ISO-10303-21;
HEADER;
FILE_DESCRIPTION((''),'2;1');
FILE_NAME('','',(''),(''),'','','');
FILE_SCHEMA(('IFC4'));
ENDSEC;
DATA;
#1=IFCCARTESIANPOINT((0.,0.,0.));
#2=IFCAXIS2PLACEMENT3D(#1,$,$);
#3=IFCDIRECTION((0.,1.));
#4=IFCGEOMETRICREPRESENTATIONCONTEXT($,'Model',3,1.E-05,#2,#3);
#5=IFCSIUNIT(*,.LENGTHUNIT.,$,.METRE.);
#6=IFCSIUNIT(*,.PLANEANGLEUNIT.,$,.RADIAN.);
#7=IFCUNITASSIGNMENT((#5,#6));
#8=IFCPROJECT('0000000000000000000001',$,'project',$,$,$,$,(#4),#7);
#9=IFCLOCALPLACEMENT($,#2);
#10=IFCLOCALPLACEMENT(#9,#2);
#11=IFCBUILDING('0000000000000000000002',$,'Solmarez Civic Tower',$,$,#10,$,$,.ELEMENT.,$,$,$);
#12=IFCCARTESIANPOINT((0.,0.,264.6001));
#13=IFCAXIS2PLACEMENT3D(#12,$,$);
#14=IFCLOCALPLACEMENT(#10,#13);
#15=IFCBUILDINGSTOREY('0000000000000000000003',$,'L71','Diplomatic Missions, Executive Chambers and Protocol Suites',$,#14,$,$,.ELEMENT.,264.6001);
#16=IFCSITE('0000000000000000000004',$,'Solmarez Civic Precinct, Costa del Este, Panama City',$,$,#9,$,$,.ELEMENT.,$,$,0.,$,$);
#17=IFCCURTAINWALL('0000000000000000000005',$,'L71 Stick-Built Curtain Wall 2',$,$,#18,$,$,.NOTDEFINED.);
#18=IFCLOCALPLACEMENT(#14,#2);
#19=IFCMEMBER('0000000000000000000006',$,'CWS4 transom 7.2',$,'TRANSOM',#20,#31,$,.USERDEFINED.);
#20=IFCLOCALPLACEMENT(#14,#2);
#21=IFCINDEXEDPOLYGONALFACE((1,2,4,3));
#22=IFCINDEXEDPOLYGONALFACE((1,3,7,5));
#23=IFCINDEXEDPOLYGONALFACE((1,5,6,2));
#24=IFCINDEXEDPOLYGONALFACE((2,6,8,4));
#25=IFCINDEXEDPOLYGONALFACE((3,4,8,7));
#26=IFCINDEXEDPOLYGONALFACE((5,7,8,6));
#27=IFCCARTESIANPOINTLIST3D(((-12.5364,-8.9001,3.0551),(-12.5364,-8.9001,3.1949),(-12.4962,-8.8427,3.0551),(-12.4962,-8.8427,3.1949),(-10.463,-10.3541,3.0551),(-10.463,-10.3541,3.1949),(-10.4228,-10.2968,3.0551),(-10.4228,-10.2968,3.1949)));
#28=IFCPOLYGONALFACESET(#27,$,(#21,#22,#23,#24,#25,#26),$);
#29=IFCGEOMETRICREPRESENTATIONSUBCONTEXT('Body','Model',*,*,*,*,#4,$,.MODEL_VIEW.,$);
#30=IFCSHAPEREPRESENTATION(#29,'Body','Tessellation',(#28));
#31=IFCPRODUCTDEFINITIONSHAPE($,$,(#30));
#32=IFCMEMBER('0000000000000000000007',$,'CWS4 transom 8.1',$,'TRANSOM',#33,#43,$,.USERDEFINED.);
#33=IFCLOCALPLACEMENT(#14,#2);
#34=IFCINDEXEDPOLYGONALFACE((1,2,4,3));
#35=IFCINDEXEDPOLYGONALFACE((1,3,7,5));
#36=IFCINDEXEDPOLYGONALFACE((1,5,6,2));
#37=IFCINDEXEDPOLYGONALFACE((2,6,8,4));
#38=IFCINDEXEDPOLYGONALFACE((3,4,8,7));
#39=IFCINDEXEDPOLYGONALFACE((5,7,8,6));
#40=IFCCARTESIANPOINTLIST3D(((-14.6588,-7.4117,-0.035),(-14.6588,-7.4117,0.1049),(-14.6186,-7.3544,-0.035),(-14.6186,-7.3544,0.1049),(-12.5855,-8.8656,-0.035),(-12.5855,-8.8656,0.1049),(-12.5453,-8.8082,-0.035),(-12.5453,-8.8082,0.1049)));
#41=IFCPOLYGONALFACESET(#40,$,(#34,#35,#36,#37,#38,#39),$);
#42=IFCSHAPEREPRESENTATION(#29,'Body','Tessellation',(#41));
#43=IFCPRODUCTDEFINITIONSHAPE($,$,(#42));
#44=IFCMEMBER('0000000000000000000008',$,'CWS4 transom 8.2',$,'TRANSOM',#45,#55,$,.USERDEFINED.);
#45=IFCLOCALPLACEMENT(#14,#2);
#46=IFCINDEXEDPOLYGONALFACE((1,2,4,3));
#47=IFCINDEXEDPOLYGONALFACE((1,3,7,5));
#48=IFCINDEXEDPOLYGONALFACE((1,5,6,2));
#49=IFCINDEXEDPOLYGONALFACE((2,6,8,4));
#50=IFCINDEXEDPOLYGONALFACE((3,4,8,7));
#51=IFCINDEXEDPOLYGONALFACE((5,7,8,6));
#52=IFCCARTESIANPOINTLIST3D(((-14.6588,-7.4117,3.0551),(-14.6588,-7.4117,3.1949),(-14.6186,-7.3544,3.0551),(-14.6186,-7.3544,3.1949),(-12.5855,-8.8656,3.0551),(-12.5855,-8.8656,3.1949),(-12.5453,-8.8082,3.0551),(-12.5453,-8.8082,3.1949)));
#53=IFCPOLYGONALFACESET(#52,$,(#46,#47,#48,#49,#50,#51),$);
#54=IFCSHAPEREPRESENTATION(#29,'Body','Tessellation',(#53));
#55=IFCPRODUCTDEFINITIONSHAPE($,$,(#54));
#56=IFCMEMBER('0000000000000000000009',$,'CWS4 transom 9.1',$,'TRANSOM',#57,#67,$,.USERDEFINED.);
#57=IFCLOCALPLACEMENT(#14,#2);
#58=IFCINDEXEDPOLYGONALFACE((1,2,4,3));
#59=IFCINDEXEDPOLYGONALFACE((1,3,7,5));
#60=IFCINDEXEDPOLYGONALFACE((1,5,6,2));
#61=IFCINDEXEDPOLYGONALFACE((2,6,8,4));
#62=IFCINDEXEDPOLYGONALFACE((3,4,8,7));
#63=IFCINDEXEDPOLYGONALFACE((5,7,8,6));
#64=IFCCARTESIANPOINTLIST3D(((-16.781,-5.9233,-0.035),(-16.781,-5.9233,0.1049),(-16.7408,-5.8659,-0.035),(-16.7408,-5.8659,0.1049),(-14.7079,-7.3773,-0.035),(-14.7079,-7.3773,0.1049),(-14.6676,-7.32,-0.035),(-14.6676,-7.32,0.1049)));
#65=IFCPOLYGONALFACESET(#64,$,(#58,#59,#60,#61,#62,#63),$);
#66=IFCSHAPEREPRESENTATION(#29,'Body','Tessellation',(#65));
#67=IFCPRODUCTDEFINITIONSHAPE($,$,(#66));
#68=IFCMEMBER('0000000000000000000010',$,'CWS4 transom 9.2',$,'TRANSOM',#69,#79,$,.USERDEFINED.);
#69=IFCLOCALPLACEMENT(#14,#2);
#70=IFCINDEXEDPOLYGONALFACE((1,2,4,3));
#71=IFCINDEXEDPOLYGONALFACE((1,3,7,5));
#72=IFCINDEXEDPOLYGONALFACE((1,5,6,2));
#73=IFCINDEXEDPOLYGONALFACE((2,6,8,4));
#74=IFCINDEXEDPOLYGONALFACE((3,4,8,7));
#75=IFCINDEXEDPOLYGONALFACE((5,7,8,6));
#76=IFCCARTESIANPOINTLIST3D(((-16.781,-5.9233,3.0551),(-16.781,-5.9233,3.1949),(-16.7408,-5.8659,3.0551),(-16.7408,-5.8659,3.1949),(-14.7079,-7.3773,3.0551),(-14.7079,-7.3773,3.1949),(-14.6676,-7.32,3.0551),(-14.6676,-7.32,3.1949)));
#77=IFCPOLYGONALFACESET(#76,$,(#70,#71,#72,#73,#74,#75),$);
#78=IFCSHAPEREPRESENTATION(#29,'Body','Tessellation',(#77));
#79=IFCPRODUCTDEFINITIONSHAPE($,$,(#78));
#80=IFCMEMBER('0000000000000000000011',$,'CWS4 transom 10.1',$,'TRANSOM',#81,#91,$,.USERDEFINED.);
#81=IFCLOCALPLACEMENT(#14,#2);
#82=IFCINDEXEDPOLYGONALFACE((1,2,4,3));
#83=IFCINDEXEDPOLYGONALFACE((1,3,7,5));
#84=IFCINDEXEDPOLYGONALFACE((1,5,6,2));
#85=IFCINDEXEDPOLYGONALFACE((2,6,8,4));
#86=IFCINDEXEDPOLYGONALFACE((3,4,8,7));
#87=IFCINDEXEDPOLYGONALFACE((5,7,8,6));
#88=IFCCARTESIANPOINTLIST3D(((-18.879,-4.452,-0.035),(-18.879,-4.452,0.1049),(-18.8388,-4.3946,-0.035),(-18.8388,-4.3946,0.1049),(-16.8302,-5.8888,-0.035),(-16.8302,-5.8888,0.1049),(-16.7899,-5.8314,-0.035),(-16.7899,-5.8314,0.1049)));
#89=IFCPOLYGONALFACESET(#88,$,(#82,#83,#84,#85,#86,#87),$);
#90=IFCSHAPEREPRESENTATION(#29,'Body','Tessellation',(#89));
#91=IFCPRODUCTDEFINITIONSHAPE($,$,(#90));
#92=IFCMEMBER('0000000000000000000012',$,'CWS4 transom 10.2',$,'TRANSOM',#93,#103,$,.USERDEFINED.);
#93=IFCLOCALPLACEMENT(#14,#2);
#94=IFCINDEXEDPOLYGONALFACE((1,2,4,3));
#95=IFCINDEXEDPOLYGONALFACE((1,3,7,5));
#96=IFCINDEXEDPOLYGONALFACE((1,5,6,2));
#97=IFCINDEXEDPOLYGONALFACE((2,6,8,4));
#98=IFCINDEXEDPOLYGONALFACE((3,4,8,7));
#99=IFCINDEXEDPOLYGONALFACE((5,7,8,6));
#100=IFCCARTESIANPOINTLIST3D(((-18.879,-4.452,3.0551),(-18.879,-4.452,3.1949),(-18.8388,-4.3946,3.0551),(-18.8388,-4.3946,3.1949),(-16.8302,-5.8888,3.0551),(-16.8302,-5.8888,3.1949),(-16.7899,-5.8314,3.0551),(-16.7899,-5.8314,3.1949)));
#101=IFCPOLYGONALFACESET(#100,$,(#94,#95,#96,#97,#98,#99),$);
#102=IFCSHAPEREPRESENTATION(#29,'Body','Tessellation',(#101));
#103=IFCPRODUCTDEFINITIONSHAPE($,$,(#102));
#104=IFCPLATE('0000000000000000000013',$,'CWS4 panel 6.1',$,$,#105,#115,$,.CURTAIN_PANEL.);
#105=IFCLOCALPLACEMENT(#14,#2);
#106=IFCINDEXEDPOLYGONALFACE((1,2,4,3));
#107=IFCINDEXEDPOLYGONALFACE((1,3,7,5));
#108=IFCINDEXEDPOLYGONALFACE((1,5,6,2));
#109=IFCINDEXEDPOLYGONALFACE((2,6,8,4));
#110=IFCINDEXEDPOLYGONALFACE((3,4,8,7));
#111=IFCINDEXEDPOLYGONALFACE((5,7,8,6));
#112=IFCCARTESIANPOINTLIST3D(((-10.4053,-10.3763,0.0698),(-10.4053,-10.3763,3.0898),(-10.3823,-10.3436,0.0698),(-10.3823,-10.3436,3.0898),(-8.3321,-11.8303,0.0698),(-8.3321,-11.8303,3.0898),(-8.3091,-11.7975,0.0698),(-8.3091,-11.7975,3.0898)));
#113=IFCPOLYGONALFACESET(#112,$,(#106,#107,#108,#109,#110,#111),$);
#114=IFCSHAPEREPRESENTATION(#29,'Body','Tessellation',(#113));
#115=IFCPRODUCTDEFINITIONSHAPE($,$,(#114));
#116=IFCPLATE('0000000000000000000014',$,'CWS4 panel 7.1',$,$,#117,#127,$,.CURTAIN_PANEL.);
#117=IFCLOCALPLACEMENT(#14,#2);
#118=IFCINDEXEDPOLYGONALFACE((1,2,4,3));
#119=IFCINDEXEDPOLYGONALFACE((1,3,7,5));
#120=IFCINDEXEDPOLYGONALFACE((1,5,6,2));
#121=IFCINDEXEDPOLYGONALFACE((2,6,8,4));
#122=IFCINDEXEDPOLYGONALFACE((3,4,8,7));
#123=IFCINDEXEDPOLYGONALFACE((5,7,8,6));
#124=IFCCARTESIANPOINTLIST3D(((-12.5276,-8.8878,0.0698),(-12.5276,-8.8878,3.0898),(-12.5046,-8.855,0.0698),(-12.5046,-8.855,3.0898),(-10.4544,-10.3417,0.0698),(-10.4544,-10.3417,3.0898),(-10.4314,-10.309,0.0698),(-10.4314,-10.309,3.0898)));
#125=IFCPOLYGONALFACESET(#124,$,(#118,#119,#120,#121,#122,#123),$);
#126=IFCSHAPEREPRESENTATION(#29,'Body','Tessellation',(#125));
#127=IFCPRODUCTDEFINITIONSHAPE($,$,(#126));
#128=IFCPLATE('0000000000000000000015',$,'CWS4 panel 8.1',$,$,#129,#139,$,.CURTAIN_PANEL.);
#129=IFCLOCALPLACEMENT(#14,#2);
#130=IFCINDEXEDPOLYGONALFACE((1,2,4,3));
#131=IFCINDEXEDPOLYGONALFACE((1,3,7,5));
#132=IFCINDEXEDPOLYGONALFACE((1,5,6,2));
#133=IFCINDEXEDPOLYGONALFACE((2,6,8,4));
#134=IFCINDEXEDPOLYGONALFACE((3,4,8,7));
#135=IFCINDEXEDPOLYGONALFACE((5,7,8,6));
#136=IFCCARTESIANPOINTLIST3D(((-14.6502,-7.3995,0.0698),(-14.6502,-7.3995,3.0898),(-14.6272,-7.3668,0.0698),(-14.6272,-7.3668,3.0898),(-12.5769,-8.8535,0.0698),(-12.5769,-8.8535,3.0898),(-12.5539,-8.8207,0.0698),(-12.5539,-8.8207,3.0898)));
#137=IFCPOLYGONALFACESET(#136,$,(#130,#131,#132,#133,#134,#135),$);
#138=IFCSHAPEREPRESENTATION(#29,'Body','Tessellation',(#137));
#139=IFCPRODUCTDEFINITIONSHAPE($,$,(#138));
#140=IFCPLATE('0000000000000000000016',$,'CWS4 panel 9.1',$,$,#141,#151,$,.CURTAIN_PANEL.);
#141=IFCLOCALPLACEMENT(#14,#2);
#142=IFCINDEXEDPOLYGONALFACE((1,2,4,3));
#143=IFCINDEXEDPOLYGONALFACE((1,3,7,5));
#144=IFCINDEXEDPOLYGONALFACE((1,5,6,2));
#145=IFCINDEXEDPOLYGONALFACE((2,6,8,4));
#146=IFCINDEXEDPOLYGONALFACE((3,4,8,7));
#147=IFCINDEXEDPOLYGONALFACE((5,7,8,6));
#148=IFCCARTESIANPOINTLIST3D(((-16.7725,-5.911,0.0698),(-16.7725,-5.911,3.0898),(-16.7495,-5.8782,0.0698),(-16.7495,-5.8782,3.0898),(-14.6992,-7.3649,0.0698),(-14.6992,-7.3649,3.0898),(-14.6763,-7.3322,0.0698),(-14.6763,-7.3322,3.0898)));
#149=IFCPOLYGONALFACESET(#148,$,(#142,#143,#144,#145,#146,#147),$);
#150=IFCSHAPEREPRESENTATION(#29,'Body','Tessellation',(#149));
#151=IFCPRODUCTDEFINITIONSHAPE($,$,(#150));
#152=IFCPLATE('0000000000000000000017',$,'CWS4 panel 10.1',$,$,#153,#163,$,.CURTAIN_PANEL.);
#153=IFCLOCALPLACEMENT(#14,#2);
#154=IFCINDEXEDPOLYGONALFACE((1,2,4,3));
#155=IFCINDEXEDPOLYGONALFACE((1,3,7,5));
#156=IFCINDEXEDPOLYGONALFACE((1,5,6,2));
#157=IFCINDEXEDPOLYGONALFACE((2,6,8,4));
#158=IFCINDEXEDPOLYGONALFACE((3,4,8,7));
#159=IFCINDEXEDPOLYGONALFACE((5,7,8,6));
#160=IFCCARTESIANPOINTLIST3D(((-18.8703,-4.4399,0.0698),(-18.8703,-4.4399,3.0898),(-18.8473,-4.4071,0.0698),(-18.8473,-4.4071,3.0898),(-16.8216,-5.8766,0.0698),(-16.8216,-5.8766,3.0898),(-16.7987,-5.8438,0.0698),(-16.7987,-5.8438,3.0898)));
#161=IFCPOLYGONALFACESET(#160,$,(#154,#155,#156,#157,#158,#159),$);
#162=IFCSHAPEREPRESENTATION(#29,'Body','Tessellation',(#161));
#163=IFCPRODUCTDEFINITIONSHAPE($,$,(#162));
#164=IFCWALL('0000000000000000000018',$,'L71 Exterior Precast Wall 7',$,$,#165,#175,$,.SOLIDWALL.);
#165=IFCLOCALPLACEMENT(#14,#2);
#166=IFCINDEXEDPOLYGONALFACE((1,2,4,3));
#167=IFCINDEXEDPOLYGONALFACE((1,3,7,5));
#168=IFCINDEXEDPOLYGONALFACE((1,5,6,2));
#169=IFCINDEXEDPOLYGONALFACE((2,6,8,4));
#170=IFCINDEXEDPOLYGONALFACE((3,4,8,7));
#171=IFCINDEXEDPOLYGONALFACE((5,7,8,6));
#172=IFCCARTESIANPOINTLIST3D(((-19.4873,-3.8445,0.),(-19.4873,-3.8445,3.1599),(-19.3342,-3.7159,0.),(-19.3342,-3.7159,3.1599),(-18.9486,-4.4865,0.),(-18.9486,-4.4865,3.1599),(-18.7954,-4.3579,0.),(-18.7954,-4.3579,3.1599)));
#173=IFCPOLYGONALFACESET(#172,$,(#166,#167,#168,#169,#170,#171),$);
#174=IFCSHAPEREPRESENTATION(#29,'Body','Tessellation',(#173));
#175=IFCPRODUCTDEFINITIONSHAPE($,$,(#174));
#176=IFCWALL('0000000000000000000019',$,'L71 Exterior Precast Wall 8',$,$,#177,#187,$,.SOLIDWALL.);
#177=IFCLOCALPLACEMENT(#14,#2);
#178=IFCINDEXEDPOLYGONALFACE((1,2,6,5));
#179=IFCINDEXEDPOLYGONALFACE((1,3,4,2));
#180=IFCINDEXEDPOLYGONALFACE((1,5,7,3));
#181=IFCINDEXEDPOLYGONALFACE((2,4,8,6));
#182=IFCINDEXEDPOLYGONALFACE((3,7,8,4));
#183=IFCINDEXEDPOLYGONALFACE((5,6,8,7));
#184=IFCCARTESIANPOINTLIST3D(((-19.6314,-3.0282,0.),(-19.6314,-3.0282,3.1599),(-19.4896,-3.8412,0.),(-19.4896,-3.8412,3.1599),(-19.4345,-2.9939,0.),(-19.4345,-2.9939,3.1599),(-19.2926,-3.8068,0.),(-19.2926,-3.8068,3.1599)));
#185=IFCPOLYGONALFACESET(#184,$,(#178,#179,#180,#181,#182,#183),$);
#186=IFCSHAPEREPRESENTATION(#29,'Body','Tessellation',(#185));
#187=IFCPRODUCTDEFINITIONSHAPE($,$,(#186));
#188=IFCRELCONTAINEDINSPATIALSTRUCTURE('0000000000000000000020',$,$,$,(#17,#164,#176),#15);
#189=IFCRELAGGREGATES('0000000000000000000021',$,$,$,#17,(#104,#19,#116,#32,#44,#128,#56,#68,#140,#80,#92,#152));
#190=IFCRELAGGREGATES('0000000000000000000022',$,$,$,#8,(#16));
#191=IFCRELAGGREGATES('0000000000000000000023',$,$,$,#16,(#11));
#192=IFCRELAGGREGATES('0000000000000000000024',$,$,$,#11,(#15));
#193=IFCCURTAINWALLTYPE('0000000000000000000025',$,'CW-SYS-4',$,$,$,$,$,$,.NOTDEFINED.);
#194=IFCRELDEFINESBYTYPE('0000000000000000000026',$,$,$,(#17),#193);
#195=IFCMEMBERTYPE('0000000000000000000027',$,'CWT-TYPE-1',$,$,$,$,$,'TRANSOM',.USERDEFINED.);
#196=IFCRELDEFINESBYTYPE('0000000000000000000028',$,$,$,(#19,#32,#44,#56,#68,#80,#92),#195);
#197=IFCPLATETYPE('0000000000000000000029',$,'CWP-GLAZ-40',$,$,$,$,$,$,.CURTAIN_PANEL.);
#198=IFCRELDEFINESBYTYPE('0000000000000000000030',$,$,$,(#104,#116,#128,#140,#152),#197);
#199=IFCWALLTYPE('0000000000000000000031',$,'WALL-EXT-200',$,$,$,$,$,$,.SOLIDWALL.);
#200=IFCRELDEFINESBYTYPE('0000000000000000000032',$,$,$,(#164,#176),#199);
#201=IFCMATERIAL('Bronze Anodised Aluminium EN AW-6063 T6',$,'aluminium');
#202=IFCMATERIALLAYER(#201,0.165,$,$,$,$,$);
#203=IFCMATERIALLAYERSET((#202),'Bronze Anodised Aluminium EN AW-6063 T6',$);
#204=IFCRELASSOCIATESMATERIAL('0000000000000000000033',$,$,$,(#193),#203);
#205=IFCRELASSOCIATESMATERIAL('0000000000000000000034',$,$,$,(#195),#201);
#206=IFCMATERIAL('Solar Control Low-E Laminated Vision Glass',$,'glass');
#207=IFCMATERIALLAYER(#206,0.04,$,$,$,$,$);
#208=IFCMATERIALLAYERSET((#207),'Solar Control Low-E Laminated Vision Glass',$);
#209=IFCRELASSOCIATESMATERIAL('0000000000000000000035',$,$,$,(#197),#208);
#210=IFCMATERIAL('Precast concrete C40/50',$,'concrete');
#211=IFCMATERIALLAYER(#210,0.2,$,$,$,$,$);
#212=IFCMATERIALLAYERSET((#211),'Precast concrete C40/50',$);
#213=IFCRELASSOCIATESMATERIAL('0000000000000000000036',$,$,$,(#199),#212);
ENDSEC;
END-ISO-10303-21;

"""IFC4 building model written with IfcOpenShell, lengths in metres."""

from ifc_helpers import new_model, si_unit, direction, frame, frame_2d, origin, origin_2d, place, context, subcontext, project, spatial, rectangle, extrude, material, layer, layer_set, material_profile, profile_set, type_object, element, aggregate, save


model = new_model("IFC4")

# Units and contexts
model_context = context("Model", 3, precision=1e-05, world=origin(), true_north=direction((0.0, 1.0)))
body_context = subcontext(model_context, "Body", "Model", "MODEL_VIEW")
ifc_project = project(units=[si_unit("LENGTHUNIT", "METRE"), si_unit("PLANEANGLEUNIT", "RADIAN")], contexts=[model_context])

# Site, building, storey
site_placement = place(None, origin())
site = spatial("IfcSite", under=ifc_project, at=site_placement, Name="Solmarez Civic Precinct, Costa del Este, Panama City", CompositionType="ELEMENT", RefElevation=0.0)
building_placement = place(site_placement, origin())
building = spatial("IfcBuilding", under=site, at=building_placement, Name="Solmarez Civic Tower", CompositionType="ELEMENT")
storey_placement = place(building_placement, frame((0.0, 0.0, 264.6001)))
storey = spatial("IfcBuildingStorey", under=building, at=storey_placement, Name="L71", Description="Diplomatic Missions, Executive Chambers and Protocol Suites", CompositionType="ELEMENT", Elevation=264.6001)

# Curtain wall, members, plates
ifc_material_1 = material(Name="Bronze Anodised Aluminium EN AW-6063 T6", Category="aluminium")
ifc_layer_1 = layer(ifc_material_1, 0.165)
ifc_layer_set_1 = layer_set([ifc_layer_1], Name="Bronze Anodised Aluminium EN AW-6063 T6")
curtain_wall_type = type_object("IfcCurtainWallType", Name="CW-SYS-4", PredefinedType="NOTDEFINED", material=ifc_layer_set_1)
curtain_wall_placement = place(storey_placement, origin())
curtain_wall = element("IfcCurtainWall", 1, at=curtain_wall_placement, inside=storey, type_object=curtain_wall_type, Name="L71 Stick-Built Curtain Wall 2", PredefinedType="NOTDEFINED")
ifc_material_profile_1 = material_profile(ifc_material_1, rectangle(XDim=0.0701, YDim=0.1399, at=origin_2d()), Name="CWT-70X140")
ifc_profile_set_1 = profile_set([ifc_material_profile_1], Name="Bronze Anodised Aluminium EN AW-6063 T6")
member_type_1 = type_object("IfcMemberType", Name="CWT-TYPE-1", ElementType="TRANSOM", PredefinedType="USERDEFINED", material=ifc_profile_set_1)
member_1_placement = place(storey_placement, frame((-10.4429, -10.3254, 3.125), z_axis=(-0.818738, 0.574167, 0.0), x_axis=(-0.574167, -0.818738, 0.0)))
member_1 = element("IfcMember", 2, at=member_1_placement, type_object=member_type_1, Name="CWS4 transom 7.2", ObjectType="TRANSOM", PredefinedType="USERDEFINED", context=body_context, shape_type="SweptSolid", body=[
    extrude(rectangle(XDim=0.0701, YDim=0.1399, at=origin_2d()), origin(), (0.0, 0.0, 1.0), 2.5325),
])
member_2_placement = place(storey_placement, frame((-12.5654, -8.8369, 0.0349), z_axis=(-0.818752, 0.574148, 0.0), x_axis=(-0.574148, -0.818752, 0.0)))
member_2 = element("IfcMember", 3, at=member_2_placement, type_object=member_type_1, Name="CWS4 transom 8.1", ObjectType="TRANSOM", PredefinedType="USERDEFINED", context=body_context, shape_type="SweptSolid", body=[
    extrude(rectangle(XDim=0.0701, YDim=0.1399, at=origin_2d()), origin(), (0.0, 0.0, 1.0), 2.5322),
])
member_3_placement = place(storey_placement, frame((-12.5654, -8.8369, 3.125), z_axis=(-0.818752, 0.574148, 0.0), x_axis=(-0.574148, -0.818752, 0.0)))
member_3 = element("IfcMember", 4, at=member_3_placement, type_object=member_type_1, Name="CWS4 transom 8.2", ObjectType="TRANSOM", PredefinedType="USERDEFINED", context=body_context, shape_type="SweptSolid", body=[
    extrude(rectangle(XDim=0.0701, YDim=0.1399, at=origin_2d()), origin(), (0.0, 0.0, 1.0), 2.5322),
])
member_4_placement = place(storey_placement, frame((-14.6877, -7.3486, 0.0349), z_axis=(-0.818706, 0.574213, 0.0), x_axis=(-0.574213, -0.818706, 0.0)))
member_4 = element("IfcMember", 5, at=member_4_placement, type_object=member_type_1, Name="CWS4 transom 9.1", ObjectType="TRANSOM", PredefinedType="USERDEFINED", context=body_context, shape_type="SweptSolid", body=[
    extrude(rectangle(XDim=0.0701, YDim=0.1399, at=origin_2d()), origin(), (0.0, 0.0, 1.0), 2.5322),
])
member_5_placement = place(storey_placement, frame((-14.6877, -7.3486, 3.125), z_axis=(-0.818706, 0.574213, 0.0), x_axis=(-0.574213, -0.818706, 0.0)))
member_5 = element("IfcMember", 6, at=member_5_placement, type_object=member_type_1, Name="CWS4 transom 9.2", ObjectType="TRANSOM", PredefinedType="USERDEFINED", context=body_context, shape_type="SweptSolid", body=[
    extrude(rectangle(XDim=0.0701, YDim=0.1399, at=origin_2d()), origin(), (0.0, 0.0, 1.0), 2.5322),
])
member_6_placement = place(storey_placement, frame((-16.8101, -5.8601, 0.0349), z_axis=(-0.818746, 0.574156, 0.0), x_axis=(-0.574156, -0.818746, 0.0)))
member_6 = element("IfcMember", 7, at=member_6_placement, type_object=member_type_1, Name="CWS4 transom 10.1", ObjectType="TRANSOM", PredefinedType="USERDEFINED", context=body_context, shape_type="SweptSolid", body=[
    extrude(rectangle(XDim=0.0701, YDim=0.1399, at=origin_2d()), origin(), (0.0, 0.0, 1.0), 2.5024),
])
member_7_placement = place(storey_placement, frame((-16.8101, -5.8601, 3.125), z_axis=(-0.818746, 0.574156, 0.0), x_axis=(-0.574156, -0.818746, 0.0)))
member_7 = element("IfcMember", 8, at=member_7_placement, type_object=member_type_1, Name="CWS4 transom 10.2", ObjectType="TRANSOM", PredefinedType="USERDEFINED", context=body_context, shape_type="SweptSolid", body=[
    extrude(rectangle(XDim=0.0701, YDim=0.1399, at=origin_2d()), origin(), (0.0, 0.0, 1.0), 2.5024),
])
ifc_material_2 = material(Name="Solar Control Low-E Laminated Vision Glass", Category="glass")
ifc_layer_2 = layer(ifc_material_2, 0.04)
ifc_layer_set_2 = layer_set([ifc_layer_2], Name="Solar Control Low-E Laminated Vision Glass")
plate_type = type_object("IfcPlateType", Name="CWP-GLAZ-40", PredefinedType="CURTAIN_PANEL", material=ifc_layer_set_2)
plate_1_placement = place(storey_placement, frame((-9.3572, -11.0869, 0.0698), z_axis=(0.0, 0.0, 1.0), x_axis=(-0.818739, 0.574166, 0.0)))
plate_1 = element("IfcPlate", 9, at=plate_1_placement, type_object=plate_type, Name="CWS4 panel 6.1", PredefinedType="CURTAIN_PANEL", context=body_context, shape_type="SweptSolid", body=[
    extrude(rectangle(XDim=2.5322, YDim=0.04, at=origin_2d()), origin(), (0.0, 0.0, 1.0), 3.02),
])
plate_2_placement = place(storey_placement, frame((-11.4795, -9.5984, 0.0698), z_axis=(0.0, 0.0, 1.0), x_axis=(-0.818739, 0.574166, 0.0)))
plate_2 = element("IfcPlate", 10, at=plate_2_placement, type_object=plate_type, Name="CWS4 panel 7.1", PredefinedType="CURTAIN_PANEL", context=body_context, shape_type="SweptSolid", body=[
    extrude(rectangle(XDim=2.5322, YDim=0.04, at=origin_2d()), origin(), (0.0, 0.0, 1.0), 3.02),
])
plate_3_placement = place(storey_placement, frame((-13.6021, -8.1101, 0.0698), z_axis=(0.0, 0.0, 1.0), x_axis=(-0.818739, 0.574166, 0.0)))
plate_3 = element("IfcPlate", 11, at=plate_3_placement, type_object=plate_type, Name="CWS4 panel 8.1", PredefinedType="CURTAIN_PANEL", context=body_context, shape_type="SweptSolid", body=[
    extrude(rectangle(XDim=2.5322, YDim=0.04, at=origin_2d()), origin(), (0.0, 0.0, 1.0), 3.02),
])
plate_4_placement = place(storey_placement, frame((-15.7244, -6.6216, 0.0698), z_axis=(0.0, 0.0, 1.0), x_axis=(-0.818739, 0.574166, 0.0)))
plate_4 = element("IfcPlate", 12, at=plate_4_placement, type_object=plate_type, Name="CWS4 panel 9.1", PredefinedType="CURTAIN_PANEL", context=body_context, shape_type="SweptSolid", body=[
    extrude(rectangle(XDim=2.5322, YDim=0.04, at=origin_2d()), origin(), (0.0, 0.0, 1.0), 3.02),
])
plate_5_placement = place(storey_placement, frame((-17.8345, -5.1418, 0.0698), z_axis=(0.0, 0.0, 1.0), x_axis=(-0.818739, 0.574166, 0.0)))
plate_5 = element("IfcPlate", 13, at=plate_5_placement, type_object=plate_type, Name="CWS4 panel 10.1", PredefinedType="CURTAIN_PANEL", context=body_context, shape_type="SweptSolid", body=[
    extrude(rectangle(XDim=2.5022, YDim=0.04, at=origin_2d()), origin(), (0.0, 0.0, 1.0), 3.02),
])
aggregate(curtain_wall, [plate_1, member_1, plate_2, member_2, member_3, plate_3, member_4, member_5, plate_4, member_6, member_7, plate_5])

# Walls
ifc_material_3 = material(Name="Precast concrete C40/50", Category="concrete")
ifc_layer_3 = layer(ifc_material_3, 0.2)
ifc_layer_set_3 = layer_set([ifc_layer_3], Name="Precast concrete C40/50")
wall_type_1 = type_object("IfcWallType", Name="WALL-EXT-200", PredefinedType="SOLIDWALL", material=ifc_layer_set_3)
wall_1_placement = place(storey_placement, frame((-18.8721, -4.4221, 0.0), z_axis=(0.0, 0.0, 1.0), x_axis=(-0.642816, 0.76602, 0.0)))
element("IfcWall", 14, at=wall_1_placement, inside=storey, type_object=wall_type_1, Name="L71 Exterior Precast Wall 7", PredefinedType="SOLIDWALL", context=body_context, shape_type="SweptSolid", body=[
    extrude(rectangle(XDim=0.8381, YDim=0.2, at=frame_2d((0.4189, 0.0))), origin(), (0.0, 0.0, 1.0), 3.1599),
])
wall_2_placement = place(storey_placement, frame((-19.3911, -3.824, 0.0), z_axis=(0.0, 0.0, 1.0), x_axis=(-0.171878, 0.985118, 0.0)))
element("IfcWall", 15, at=wall_2_placement, inside=storey, type_object=wall_type_1, Name="L71 Exterior Precast Wall 8", PredefinedType="SOLIDWALL", context=body_context, shape_type="SweptSolid", body=[
    extrude(rectangle(XDim=0.8252, YDim=0.2, at=frame_2d((0.4126, 0.0))), origin(), (0.0, 0.0, 1.0), 3.1599),
])

save(model, "model.ifc")
